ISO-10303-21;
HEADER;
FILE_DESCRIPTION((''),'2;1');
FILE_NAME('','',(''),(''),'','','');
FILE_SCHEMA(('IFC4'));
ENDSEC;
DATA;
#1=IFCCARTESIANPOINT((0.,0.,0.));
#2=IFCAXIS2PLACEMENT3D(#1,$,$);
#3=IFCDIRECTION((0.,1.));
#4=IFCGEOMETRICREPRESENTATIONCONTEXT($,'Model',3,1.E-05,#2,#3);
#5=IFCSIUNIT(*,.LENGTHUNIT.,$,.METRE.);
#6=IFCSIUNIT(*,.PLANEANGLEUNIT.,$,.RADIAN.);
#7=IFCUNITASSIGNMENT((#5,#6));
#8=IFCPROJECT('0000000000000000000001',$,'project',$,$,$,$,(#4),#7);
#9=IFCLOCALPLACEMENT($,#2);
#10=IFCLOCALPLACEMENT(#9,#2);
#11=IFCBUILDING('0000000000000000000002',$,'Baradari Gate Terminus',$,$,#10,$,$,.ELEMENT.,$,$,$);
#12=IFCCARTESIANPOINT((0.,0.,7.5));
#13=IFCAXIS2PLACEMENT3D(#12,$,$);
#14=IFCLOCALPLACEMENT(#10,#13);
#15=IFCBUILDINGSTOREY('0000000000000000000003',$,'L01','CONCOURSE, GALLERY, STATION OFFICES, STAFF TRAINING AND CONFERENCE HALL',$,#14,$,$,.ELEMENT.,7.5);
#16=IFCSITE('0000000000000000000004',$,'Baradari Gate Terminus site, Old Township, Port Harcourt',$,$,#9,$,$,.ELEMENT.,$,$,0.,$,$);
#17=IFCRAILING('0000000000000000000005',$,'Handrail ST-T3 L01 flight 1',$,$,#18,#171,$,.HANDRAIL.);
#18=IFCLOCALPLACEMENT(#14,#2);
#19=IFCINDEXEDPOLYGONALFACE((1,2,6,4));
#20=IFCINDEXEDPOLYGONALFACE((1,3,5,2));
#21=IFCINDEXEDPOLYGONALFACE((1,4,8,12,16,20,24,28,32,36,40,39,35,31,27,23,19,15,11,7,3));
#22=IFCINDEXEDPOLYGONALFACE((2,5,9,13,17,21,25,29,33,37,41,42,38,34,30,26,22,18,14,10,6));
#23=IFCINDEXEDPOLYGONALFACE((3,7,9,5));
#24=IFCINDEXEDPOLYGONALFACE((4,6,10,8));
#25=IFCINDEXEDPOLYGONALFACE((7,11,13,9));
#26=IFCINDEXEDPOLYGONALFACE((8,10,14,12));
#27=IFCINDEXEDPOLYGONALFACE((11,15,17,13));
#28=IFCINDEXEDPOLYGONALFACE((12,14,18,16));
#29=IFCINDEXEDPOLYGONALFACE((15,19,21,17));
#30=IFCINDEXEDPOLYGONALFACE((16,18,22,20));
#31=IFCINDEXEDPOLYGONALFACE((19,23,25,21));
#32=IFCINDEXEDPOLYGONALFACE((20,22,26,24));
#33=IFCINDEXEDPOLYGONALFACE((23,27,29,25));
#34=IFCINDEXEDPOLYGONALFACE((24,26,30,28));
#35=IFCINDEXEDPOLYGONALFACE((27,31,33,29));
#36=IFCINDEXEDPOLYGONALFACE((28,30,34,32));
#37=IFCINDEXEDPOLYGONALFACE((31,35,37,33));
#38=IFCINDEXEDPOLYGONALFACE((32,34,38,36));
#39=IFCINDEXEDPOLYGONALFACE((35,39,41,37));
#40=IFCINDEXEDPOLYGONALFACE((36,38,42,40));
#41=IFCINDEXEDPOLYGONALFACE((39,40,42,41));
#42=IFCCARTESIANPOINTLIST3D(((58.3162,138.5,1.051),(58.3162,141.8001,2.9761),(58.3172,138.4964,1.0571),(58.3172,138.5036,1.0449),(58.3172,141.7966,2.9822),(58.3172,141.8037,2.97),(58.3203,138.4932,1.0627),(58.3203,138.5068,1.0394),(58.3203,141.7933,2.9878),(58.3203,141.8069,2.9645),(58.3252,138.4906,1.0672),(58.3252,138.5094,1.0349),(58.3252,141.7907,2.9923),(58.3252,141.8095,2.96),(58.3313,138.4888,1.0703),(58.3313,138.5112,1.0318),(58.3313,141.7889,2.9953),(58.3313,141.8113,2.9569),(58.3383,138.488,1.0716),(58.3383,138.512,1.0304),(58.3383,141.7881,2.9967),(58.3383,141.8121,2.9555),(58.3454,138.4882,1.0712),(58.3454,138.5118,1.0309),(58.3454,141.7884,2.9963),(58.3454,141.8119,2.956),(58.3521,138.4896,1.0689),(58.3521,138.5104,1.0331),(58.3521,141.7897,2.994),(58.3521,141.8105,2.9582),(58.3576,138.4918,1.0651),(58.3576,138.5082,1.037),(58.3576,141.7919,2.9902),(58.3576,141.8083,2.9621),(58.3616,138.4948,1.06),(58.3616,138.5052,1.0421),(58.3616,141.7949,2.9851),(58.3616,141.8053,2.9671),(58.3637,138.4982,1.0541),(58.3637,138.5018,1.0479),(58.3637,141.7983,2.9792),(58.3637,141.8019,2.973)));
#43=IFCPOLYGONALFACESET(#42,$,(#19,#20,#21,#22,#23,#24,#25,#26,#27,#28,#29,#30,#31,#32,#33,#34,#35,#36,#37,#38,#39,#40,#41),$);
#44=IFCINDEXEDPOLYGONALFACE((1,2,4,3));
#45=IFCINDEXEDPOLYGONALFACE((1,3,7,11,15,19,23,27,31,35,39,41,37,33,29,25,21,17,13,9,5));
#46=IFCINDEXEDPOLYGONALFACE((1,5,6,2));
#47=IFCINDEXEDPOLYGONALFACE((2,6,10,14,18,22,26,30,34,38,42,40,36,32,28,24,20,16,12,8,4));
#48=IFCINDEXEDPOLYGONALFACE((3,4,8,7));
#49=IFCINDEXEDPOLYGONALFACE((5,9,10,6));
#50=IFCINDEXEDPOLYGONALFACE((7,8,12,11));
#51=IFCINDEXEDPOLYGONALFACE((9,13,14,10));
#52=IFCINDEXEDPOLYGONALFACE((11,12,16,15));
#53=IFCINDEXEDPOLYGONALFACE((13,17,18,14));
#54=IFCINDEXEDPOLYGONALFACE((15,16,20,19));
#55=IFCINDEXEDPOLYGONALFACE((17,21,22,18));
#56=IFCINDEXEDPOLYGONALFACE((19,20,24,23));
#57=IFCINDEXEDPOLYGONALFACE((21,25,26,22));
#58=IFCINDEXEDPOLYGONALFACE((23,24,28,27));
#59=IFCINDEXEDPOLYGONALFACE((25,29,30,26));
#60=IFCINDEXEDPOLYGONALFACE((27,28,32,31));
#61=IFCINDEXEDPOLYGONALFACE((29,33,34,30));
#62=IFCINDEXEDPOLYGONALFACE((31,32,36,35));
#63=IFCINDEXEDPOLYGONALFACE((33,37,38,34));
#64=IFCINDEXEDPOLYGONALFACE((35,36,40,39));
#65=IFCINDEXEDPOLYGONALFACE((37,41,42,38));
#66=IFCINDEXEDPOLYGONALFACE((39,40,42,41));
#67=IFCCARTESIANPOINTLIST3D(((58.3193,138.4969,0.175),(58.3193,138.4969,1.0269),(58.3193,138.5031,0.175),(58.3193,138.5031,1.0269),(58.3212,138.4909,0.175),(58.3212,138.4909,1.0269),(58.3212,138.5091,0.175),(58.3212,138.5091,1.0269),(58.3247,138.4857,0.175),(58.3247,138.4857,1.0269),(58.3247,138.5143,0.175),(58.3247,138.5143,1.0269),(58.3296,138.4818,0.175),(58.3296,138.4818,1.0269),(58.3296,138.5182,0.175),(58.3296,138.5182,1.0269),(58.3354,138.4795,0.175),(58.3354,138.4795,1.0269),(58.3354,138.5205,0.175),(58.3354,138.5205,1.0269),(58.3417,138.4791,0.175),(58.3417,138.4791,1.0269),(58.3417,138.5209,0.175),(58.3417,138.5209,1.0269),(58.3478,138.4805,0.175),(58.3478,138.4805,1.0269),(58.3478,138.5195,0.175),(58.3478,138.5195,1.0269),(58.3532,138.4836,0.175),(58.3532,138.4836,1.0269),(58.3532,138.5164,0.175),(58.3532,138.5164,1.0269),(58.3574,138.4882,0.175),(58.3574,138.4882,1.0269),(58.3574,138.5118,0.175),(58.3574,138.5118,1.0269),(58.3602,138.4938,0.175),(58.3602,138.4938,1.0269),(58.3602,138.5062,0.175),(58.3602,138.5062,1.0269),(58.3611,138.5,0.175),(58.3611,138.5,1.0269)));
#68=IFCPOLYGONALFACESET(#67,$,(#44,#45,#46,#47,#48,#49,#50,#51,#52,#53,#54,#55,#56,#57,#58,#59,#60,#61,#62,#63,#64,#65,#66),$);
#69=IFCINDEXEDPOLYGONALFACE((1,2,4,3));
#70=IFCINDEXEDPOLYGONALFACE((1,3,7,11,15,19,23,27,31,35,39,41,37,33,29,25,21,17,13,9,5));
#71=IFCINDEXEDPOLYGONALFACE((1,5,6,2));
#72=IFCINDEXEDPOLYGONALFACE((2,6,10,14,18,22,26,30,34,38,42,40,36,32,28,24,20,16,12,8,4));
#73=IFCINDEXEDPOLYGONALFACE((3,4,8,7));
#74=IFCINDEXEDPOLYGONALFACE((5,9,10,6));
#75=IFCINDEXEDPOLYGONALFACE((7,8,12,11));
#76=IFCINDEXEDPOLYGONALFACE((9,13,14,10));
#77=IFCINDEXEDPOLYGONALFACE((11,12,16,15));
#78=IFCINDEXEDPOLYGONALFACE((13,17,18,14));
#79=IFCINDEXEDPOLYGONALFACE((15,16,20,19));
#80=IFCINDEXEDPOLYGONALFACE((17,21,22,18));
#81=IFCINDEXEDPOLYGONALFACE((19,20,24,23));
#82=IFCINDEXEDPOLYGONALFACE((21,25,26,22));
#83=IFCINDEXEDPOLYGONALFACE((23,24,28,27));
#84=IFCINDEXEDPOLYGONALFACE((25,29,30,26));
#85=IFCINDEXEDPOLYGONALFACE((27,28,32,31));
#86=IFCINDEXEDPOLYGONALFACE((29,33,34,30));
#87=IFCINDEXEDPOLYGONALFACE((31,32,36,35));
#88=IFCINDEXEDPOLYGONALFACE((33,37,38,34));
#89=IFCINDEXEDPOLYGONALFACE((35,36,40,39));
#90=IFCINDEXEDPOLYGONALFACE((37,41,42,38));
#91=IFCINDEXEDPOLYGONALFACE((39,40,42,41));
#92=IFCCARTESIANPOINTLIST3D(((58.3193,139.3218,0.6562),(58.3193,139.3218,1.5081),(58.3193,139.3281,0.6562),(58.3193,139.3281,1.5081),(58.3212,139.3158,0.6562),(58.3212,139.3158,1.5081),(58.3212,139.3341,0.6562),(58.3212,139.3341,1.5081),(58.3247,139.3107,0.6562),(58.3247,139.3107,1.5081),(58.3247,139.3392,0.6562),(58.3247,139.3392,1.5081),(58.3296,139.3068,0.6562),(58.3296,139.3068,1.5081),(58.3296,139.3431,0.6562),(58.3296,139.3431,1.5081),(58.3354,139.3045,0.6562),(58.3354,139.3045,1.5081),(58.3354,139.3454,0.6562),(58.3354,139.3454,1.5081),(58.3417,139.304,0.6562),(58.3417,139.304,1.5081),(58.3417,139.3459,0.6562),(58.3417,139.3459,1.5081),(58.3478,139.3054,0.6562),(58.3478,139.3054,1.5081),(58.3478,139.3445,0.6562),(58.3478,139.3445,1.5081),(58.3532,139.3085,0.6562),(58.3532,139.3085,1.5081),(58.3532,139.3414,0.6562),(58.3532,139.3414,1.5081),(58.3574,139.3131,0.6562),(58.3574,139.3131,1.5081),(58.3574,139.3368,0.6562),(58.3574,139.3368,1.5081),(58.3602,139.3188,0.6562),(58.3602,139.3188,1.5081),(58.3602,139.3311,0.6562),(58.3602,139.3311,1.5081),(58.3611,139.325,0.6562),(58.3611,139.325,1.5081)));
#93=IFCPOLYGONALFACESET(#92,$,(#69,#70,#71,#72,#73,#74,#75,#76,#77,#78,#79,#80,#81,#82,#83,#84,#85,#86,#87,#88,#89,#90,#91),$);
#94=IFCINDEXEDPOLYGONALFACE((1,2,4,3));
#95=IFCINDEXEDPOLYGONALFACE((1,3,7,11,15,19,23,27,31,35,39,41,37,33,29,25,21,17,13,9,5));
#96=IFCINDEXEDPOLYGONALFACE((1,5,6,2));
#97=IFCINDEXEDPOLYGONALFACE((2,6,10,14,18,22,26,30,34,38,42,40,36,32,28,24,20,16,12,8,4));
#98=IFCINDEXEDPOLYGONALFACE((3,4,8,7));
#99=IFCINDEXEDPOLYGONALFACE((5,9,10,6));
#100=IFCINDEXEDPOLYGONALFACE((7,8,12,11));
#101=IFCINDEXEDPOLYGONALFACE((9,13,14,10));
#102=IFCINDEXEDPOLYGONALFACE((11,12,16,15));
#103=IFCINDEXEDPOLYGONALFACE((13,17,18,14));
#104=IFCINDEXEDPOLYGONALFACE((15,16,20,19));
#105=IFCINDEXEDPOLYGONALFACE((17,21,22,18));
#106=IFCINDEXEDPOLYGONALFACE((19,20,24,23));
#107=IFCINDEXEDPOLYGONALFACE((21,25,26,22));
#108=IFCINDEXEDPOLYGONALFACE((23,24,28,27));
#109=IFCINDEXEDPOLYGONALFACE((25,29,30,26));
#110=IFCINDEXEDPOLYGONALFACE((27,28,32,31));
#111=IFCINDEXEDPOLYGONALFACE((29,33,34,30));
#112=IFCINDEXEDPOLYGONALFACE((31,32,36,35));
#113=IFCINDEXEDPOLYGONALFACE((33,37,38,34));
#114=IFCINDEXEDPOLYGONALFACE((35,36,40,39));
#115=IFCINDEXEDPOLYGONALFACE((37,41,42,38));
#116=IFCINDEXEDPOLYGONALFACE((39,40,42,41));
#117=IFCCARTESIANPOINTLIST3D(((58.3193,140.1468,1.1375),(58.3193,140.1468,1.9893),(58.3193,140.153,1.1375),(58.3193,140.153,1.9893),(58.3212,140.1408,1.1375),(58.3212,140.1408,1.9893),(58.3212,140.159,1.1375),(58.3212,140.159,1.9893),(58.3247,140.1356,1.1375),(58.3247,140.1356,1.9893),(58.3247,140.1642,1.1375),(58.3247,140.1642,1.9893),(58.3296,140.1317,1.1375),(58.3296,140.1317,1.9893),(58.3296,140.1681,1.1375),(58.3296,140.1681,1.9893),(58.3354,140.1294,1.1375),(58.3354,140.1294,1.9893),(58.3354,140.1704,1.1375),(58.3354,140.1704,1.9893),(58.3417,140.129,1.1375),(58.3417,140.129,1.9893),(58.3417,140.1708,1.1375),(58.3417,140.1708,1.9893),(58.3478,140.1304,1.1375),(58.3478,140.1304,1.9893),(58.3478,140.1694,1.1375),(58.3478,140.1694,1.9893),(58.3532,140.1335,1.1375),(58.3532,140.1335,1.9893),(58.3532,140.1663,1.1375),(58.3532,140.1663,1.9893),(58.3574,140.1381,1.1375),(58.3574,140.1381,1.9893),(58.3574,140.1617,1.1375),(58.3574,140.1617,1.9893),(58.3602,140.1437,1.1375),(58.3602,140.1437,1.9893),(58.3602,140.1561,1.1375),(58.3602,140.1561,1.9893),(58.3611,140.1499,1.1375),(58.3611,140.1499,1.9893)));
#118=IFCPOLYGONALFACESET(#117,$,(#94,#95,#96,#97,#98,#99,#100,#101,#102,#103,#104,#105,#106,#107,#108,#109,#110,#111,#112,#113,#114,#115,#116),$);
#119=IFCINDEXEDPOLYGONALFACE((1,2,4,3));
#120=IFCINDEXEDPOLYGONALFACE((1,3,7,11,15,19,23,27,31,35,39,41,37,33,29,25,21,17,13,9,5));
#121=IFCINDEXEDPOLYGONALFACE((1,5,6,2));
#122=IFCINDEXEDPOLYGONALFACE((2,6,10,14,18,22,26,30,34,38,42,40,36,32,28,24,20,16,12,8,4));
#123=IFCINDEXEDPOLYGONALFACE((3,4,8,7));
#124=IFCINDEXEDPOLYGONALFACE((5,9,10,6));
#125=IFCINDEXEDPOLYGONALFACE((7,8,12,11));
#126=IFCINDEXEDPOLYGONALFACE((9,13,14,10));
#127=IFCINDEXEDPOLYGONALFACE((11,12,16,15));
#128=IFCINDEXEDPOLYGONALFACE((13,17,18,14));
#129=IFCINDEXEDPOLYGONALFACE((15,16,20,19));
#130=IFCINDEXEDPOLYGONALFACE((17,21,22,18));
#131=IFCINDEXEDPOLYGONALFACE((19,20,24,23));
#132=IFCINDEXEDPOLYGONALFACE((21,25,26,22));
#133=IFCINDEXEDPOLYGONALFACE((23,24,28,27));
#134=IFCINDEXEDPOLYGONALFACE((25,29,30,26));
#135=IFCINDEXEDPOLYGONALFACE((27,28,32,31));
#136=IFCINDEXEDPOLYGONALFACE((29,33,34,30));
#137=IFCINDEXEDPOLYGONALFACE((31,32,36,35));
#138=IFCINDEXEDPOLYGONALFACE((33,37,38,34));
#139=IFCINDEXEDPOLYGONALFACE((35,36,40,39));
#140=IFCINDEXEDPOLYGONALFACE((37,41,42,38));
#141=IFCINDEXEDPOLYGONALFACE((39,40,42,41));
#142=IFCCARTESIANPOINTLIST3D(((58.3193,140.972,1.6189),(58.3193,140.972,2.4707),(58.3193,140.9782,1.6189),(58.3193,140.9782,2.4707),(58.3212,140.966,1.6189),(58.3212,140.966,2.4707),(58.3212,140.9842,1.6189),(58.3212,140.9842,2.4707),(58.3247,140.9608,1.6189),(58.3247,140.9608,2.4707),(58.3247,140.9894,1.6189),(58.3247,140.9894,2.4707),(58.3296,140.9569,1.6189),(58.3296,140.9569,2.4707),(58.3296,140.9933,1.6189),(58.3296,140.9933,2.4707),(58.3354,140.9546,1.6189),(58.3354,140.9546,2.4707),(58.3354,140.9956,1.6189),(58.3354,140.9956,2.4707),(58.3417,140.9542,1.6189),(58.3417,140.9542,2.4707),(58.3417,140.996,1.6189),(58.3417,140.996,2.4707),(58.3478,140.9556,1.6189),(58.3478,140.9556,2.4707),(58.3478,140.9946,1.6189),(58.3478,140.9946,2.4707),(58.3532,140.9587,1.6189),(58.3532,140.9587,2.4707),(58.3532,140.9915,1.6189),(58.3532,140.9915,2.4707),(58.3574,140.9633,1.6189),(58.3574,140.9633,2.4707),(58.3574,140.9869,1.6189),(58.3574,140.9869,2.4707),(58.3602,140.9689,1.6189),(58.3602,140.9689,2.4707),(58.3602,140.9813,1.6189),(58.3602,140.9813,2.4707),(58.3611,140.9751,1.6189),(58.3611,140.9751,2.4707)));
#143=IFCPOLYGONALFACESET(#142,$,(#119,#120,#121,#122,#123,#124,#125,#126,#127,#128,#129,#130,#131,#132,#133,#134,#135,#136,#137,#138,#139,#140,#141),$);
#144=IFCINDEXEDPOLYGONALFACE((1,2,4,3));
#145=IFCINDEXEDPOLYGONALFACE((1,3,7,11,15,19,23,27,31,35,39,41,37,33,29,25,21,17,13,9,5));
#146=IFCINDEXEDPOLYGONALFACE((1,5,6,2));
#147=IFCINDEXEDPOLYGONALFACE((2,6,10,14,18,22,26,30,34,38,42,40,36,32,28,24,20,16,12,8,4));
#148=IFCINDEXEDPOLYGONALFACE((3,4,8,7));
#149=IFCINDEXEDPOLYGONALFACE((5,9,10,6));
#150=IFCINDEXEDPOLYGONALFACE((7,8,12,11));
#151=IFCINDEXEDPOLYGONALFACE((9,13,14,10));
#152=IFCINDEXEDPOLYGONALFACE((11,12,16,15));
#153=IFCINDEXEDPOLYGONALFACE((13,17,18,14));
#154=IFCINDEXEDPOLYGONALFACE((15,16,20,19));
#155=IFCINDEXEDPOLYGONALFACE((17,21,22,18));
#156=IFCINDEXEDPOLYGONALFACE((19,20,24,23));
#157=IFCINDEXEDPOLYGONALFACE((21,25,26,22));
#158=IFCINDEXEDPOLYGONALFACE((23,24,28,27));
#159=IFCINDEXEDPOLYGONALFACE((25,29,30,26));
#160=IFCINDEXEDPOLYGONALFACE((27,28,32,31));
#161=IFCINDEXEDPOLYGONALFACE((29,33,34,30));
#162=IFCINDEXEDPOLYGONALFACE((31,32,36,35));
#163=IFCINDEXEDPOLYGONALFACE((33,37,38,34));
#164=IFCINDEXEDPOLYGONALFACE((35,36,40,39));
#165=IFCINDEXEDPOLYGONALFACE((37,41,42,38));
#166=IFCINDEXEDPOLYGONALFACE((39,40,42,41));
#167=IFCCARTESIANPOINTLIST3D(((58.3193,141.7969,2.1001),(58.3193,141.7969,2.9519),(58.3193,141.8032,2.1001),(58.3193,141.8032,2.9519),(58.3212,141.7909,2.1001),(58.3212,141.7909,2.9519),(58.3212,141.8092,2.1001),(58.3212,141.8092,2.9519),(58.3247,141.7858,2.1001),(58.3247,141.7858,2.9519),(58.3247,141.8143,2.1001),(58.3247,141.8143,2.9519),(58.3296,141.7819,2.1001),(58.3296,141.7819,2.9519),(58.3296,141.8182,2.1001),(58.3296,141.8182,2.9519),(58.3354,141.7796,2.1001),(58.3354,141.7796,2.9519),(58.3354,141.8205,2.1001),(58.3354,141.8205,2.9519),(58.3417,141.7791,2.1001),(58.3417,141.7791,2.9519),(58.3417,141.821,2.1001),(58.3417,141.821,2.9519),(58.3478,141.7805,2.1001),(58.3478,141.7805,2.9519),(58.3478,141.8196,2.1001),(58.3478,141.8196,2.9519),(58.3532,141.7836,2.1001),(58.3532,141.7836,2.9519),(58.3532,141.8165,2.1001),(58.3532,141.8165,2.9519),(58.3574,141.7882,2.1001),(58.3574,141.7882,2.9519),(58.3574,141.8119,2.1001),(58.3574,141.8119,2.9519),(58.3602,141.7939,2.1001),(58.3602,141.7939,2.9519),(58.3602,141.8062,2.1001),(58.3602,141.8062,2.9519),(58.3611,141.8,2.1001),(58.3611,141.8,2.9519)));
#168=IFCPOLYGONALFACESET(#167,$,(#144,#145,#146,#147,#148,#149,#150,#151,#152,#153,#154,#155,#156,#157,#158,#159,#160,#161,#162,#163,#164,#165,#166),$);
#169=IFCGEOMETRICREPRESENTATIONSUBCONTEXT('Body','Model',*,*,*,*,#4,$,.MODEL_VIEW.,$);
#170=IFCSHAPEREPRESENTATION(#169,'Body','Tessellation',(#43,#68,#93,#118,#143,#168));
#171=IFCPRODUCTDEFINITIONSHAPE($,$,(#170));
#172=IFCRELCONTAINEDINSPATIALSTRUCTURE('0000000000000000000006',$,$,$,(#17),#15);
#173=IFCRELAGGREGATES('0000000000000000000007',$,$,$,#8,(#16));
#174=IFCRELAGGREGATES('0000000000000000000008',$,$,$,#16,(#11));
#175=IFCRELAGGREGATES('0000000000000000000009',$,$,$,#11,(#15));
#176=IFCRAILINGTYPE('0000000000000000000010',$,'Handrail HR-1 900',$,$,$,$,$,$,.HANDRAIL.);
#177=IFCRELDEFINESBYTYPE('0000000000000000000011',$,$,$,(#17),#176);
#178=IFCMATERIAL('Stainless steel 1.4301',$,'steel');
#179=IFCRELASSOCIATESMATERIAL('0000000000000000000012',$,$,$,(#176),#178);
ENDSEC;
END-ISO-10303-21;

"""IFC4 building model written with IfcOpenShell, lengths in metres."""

from ifc_helpers import new_model, si_unit, direction, frame, origin, origin_2d, place, context, subcontext, project, spatial, circle, extrude, material, type_object, element, save


model = new_model("IFC4")

# Units and contexts
model_context = context("Model", 3, precision=1e-05, world=origin(), true_north=direction((0.0, 1.0)))
body_context = subcontext(model_context, "Body", "Model", "MODEL_VIEW")
ifc_project = project(units=[si_unit("LENGTHUNIT", "METRE"), si_unit("PLANEANGLEUNIT", "RADIAN")], contexts=[model_context])

# Site, building, storey
site_placement = place(None, origin())
site = spatial("IfcSite", under=ifc_project, at=site_placement, Name="Baradari Gate Terminus site, Old Township, Port Harcourt", CompositionType="ELEMENT", RefElevation=0.0)
building_placement = place(site_placement, origin())
building = spatial("IfcBuilding", under=site, at=building_placement, Name="Baradari Gate Terminus", CompositionType="ELEMENT")
storey_placement = place(building_placement, frame((0.0, 0.0, 7.5)))
storey = spatial("IfcBuildingStorey", under=building, at=storey_placement, Name="L01", Description="CONCOURSE, GALLERY, STATION OFFICES, STAFF TRAINING AND CONFERENCE HALL", CompositionType="ELEMENT", Elevation=7.5)

# Railing
ifc_material_1 = material(Name="Stainless steel 1.4301", Category="steel")
railing_type = type_object("IfcRailingType", Name="Handrail HR-1 900", PredefinedType="HANDRAIL", material=ifc_material_1)
for number, where, name in (
    (1, (58.3401, 138.5, 0.175), "Handrail ST-T3 L01 flight 1"),
):
    element("IfcRailing", number, at=place(storey_placement, frame(where)), inside=storey, type_object=railing_type, Name=name, PredefinedType="HANDRAIL", context=body_context, shape_type="SweptSolid", body=[
        extrude(circle(Radius=0.0239, at=origin_2d()), frame((0.0, 0.0, 0.876), z_axis=(0.0, 0.863777, 0.503875), x_axis=(-1.0, 0.0, 0.0)), (0.0, 0.0, 1.0), 3.8206),
        extrude(circle(Radius=0.021, at=origin_2d()), origin(), (0.0, 0.0, 1.0), 0.8518),
        extrude(circle(Radius=0.021, at=origin_2d()), frame((0.0, 0.825, 0.4812)), (0.0, 0.0, 1.0), 0.8518),
        extrude(circle(Radius=0.021, at=origin_2d()), frame((0.0, 1.6499, 0.9624)), (0.0, 0.0, 1.0), 0.8518),
        extrude(circle(Radius=0.021, at=origin_2d()), frame((0.0, 2.4751, 1.4438)), (0.0, 0.0, 1.0), 0.8518),
        extrude(circle(Radius=0.021, at=origin_2d()), frame((0.0, 3.3, 1.925)), (0.0, 0.0, 1.0), 0.8518),
    ])

save(model, "model.ifc")
